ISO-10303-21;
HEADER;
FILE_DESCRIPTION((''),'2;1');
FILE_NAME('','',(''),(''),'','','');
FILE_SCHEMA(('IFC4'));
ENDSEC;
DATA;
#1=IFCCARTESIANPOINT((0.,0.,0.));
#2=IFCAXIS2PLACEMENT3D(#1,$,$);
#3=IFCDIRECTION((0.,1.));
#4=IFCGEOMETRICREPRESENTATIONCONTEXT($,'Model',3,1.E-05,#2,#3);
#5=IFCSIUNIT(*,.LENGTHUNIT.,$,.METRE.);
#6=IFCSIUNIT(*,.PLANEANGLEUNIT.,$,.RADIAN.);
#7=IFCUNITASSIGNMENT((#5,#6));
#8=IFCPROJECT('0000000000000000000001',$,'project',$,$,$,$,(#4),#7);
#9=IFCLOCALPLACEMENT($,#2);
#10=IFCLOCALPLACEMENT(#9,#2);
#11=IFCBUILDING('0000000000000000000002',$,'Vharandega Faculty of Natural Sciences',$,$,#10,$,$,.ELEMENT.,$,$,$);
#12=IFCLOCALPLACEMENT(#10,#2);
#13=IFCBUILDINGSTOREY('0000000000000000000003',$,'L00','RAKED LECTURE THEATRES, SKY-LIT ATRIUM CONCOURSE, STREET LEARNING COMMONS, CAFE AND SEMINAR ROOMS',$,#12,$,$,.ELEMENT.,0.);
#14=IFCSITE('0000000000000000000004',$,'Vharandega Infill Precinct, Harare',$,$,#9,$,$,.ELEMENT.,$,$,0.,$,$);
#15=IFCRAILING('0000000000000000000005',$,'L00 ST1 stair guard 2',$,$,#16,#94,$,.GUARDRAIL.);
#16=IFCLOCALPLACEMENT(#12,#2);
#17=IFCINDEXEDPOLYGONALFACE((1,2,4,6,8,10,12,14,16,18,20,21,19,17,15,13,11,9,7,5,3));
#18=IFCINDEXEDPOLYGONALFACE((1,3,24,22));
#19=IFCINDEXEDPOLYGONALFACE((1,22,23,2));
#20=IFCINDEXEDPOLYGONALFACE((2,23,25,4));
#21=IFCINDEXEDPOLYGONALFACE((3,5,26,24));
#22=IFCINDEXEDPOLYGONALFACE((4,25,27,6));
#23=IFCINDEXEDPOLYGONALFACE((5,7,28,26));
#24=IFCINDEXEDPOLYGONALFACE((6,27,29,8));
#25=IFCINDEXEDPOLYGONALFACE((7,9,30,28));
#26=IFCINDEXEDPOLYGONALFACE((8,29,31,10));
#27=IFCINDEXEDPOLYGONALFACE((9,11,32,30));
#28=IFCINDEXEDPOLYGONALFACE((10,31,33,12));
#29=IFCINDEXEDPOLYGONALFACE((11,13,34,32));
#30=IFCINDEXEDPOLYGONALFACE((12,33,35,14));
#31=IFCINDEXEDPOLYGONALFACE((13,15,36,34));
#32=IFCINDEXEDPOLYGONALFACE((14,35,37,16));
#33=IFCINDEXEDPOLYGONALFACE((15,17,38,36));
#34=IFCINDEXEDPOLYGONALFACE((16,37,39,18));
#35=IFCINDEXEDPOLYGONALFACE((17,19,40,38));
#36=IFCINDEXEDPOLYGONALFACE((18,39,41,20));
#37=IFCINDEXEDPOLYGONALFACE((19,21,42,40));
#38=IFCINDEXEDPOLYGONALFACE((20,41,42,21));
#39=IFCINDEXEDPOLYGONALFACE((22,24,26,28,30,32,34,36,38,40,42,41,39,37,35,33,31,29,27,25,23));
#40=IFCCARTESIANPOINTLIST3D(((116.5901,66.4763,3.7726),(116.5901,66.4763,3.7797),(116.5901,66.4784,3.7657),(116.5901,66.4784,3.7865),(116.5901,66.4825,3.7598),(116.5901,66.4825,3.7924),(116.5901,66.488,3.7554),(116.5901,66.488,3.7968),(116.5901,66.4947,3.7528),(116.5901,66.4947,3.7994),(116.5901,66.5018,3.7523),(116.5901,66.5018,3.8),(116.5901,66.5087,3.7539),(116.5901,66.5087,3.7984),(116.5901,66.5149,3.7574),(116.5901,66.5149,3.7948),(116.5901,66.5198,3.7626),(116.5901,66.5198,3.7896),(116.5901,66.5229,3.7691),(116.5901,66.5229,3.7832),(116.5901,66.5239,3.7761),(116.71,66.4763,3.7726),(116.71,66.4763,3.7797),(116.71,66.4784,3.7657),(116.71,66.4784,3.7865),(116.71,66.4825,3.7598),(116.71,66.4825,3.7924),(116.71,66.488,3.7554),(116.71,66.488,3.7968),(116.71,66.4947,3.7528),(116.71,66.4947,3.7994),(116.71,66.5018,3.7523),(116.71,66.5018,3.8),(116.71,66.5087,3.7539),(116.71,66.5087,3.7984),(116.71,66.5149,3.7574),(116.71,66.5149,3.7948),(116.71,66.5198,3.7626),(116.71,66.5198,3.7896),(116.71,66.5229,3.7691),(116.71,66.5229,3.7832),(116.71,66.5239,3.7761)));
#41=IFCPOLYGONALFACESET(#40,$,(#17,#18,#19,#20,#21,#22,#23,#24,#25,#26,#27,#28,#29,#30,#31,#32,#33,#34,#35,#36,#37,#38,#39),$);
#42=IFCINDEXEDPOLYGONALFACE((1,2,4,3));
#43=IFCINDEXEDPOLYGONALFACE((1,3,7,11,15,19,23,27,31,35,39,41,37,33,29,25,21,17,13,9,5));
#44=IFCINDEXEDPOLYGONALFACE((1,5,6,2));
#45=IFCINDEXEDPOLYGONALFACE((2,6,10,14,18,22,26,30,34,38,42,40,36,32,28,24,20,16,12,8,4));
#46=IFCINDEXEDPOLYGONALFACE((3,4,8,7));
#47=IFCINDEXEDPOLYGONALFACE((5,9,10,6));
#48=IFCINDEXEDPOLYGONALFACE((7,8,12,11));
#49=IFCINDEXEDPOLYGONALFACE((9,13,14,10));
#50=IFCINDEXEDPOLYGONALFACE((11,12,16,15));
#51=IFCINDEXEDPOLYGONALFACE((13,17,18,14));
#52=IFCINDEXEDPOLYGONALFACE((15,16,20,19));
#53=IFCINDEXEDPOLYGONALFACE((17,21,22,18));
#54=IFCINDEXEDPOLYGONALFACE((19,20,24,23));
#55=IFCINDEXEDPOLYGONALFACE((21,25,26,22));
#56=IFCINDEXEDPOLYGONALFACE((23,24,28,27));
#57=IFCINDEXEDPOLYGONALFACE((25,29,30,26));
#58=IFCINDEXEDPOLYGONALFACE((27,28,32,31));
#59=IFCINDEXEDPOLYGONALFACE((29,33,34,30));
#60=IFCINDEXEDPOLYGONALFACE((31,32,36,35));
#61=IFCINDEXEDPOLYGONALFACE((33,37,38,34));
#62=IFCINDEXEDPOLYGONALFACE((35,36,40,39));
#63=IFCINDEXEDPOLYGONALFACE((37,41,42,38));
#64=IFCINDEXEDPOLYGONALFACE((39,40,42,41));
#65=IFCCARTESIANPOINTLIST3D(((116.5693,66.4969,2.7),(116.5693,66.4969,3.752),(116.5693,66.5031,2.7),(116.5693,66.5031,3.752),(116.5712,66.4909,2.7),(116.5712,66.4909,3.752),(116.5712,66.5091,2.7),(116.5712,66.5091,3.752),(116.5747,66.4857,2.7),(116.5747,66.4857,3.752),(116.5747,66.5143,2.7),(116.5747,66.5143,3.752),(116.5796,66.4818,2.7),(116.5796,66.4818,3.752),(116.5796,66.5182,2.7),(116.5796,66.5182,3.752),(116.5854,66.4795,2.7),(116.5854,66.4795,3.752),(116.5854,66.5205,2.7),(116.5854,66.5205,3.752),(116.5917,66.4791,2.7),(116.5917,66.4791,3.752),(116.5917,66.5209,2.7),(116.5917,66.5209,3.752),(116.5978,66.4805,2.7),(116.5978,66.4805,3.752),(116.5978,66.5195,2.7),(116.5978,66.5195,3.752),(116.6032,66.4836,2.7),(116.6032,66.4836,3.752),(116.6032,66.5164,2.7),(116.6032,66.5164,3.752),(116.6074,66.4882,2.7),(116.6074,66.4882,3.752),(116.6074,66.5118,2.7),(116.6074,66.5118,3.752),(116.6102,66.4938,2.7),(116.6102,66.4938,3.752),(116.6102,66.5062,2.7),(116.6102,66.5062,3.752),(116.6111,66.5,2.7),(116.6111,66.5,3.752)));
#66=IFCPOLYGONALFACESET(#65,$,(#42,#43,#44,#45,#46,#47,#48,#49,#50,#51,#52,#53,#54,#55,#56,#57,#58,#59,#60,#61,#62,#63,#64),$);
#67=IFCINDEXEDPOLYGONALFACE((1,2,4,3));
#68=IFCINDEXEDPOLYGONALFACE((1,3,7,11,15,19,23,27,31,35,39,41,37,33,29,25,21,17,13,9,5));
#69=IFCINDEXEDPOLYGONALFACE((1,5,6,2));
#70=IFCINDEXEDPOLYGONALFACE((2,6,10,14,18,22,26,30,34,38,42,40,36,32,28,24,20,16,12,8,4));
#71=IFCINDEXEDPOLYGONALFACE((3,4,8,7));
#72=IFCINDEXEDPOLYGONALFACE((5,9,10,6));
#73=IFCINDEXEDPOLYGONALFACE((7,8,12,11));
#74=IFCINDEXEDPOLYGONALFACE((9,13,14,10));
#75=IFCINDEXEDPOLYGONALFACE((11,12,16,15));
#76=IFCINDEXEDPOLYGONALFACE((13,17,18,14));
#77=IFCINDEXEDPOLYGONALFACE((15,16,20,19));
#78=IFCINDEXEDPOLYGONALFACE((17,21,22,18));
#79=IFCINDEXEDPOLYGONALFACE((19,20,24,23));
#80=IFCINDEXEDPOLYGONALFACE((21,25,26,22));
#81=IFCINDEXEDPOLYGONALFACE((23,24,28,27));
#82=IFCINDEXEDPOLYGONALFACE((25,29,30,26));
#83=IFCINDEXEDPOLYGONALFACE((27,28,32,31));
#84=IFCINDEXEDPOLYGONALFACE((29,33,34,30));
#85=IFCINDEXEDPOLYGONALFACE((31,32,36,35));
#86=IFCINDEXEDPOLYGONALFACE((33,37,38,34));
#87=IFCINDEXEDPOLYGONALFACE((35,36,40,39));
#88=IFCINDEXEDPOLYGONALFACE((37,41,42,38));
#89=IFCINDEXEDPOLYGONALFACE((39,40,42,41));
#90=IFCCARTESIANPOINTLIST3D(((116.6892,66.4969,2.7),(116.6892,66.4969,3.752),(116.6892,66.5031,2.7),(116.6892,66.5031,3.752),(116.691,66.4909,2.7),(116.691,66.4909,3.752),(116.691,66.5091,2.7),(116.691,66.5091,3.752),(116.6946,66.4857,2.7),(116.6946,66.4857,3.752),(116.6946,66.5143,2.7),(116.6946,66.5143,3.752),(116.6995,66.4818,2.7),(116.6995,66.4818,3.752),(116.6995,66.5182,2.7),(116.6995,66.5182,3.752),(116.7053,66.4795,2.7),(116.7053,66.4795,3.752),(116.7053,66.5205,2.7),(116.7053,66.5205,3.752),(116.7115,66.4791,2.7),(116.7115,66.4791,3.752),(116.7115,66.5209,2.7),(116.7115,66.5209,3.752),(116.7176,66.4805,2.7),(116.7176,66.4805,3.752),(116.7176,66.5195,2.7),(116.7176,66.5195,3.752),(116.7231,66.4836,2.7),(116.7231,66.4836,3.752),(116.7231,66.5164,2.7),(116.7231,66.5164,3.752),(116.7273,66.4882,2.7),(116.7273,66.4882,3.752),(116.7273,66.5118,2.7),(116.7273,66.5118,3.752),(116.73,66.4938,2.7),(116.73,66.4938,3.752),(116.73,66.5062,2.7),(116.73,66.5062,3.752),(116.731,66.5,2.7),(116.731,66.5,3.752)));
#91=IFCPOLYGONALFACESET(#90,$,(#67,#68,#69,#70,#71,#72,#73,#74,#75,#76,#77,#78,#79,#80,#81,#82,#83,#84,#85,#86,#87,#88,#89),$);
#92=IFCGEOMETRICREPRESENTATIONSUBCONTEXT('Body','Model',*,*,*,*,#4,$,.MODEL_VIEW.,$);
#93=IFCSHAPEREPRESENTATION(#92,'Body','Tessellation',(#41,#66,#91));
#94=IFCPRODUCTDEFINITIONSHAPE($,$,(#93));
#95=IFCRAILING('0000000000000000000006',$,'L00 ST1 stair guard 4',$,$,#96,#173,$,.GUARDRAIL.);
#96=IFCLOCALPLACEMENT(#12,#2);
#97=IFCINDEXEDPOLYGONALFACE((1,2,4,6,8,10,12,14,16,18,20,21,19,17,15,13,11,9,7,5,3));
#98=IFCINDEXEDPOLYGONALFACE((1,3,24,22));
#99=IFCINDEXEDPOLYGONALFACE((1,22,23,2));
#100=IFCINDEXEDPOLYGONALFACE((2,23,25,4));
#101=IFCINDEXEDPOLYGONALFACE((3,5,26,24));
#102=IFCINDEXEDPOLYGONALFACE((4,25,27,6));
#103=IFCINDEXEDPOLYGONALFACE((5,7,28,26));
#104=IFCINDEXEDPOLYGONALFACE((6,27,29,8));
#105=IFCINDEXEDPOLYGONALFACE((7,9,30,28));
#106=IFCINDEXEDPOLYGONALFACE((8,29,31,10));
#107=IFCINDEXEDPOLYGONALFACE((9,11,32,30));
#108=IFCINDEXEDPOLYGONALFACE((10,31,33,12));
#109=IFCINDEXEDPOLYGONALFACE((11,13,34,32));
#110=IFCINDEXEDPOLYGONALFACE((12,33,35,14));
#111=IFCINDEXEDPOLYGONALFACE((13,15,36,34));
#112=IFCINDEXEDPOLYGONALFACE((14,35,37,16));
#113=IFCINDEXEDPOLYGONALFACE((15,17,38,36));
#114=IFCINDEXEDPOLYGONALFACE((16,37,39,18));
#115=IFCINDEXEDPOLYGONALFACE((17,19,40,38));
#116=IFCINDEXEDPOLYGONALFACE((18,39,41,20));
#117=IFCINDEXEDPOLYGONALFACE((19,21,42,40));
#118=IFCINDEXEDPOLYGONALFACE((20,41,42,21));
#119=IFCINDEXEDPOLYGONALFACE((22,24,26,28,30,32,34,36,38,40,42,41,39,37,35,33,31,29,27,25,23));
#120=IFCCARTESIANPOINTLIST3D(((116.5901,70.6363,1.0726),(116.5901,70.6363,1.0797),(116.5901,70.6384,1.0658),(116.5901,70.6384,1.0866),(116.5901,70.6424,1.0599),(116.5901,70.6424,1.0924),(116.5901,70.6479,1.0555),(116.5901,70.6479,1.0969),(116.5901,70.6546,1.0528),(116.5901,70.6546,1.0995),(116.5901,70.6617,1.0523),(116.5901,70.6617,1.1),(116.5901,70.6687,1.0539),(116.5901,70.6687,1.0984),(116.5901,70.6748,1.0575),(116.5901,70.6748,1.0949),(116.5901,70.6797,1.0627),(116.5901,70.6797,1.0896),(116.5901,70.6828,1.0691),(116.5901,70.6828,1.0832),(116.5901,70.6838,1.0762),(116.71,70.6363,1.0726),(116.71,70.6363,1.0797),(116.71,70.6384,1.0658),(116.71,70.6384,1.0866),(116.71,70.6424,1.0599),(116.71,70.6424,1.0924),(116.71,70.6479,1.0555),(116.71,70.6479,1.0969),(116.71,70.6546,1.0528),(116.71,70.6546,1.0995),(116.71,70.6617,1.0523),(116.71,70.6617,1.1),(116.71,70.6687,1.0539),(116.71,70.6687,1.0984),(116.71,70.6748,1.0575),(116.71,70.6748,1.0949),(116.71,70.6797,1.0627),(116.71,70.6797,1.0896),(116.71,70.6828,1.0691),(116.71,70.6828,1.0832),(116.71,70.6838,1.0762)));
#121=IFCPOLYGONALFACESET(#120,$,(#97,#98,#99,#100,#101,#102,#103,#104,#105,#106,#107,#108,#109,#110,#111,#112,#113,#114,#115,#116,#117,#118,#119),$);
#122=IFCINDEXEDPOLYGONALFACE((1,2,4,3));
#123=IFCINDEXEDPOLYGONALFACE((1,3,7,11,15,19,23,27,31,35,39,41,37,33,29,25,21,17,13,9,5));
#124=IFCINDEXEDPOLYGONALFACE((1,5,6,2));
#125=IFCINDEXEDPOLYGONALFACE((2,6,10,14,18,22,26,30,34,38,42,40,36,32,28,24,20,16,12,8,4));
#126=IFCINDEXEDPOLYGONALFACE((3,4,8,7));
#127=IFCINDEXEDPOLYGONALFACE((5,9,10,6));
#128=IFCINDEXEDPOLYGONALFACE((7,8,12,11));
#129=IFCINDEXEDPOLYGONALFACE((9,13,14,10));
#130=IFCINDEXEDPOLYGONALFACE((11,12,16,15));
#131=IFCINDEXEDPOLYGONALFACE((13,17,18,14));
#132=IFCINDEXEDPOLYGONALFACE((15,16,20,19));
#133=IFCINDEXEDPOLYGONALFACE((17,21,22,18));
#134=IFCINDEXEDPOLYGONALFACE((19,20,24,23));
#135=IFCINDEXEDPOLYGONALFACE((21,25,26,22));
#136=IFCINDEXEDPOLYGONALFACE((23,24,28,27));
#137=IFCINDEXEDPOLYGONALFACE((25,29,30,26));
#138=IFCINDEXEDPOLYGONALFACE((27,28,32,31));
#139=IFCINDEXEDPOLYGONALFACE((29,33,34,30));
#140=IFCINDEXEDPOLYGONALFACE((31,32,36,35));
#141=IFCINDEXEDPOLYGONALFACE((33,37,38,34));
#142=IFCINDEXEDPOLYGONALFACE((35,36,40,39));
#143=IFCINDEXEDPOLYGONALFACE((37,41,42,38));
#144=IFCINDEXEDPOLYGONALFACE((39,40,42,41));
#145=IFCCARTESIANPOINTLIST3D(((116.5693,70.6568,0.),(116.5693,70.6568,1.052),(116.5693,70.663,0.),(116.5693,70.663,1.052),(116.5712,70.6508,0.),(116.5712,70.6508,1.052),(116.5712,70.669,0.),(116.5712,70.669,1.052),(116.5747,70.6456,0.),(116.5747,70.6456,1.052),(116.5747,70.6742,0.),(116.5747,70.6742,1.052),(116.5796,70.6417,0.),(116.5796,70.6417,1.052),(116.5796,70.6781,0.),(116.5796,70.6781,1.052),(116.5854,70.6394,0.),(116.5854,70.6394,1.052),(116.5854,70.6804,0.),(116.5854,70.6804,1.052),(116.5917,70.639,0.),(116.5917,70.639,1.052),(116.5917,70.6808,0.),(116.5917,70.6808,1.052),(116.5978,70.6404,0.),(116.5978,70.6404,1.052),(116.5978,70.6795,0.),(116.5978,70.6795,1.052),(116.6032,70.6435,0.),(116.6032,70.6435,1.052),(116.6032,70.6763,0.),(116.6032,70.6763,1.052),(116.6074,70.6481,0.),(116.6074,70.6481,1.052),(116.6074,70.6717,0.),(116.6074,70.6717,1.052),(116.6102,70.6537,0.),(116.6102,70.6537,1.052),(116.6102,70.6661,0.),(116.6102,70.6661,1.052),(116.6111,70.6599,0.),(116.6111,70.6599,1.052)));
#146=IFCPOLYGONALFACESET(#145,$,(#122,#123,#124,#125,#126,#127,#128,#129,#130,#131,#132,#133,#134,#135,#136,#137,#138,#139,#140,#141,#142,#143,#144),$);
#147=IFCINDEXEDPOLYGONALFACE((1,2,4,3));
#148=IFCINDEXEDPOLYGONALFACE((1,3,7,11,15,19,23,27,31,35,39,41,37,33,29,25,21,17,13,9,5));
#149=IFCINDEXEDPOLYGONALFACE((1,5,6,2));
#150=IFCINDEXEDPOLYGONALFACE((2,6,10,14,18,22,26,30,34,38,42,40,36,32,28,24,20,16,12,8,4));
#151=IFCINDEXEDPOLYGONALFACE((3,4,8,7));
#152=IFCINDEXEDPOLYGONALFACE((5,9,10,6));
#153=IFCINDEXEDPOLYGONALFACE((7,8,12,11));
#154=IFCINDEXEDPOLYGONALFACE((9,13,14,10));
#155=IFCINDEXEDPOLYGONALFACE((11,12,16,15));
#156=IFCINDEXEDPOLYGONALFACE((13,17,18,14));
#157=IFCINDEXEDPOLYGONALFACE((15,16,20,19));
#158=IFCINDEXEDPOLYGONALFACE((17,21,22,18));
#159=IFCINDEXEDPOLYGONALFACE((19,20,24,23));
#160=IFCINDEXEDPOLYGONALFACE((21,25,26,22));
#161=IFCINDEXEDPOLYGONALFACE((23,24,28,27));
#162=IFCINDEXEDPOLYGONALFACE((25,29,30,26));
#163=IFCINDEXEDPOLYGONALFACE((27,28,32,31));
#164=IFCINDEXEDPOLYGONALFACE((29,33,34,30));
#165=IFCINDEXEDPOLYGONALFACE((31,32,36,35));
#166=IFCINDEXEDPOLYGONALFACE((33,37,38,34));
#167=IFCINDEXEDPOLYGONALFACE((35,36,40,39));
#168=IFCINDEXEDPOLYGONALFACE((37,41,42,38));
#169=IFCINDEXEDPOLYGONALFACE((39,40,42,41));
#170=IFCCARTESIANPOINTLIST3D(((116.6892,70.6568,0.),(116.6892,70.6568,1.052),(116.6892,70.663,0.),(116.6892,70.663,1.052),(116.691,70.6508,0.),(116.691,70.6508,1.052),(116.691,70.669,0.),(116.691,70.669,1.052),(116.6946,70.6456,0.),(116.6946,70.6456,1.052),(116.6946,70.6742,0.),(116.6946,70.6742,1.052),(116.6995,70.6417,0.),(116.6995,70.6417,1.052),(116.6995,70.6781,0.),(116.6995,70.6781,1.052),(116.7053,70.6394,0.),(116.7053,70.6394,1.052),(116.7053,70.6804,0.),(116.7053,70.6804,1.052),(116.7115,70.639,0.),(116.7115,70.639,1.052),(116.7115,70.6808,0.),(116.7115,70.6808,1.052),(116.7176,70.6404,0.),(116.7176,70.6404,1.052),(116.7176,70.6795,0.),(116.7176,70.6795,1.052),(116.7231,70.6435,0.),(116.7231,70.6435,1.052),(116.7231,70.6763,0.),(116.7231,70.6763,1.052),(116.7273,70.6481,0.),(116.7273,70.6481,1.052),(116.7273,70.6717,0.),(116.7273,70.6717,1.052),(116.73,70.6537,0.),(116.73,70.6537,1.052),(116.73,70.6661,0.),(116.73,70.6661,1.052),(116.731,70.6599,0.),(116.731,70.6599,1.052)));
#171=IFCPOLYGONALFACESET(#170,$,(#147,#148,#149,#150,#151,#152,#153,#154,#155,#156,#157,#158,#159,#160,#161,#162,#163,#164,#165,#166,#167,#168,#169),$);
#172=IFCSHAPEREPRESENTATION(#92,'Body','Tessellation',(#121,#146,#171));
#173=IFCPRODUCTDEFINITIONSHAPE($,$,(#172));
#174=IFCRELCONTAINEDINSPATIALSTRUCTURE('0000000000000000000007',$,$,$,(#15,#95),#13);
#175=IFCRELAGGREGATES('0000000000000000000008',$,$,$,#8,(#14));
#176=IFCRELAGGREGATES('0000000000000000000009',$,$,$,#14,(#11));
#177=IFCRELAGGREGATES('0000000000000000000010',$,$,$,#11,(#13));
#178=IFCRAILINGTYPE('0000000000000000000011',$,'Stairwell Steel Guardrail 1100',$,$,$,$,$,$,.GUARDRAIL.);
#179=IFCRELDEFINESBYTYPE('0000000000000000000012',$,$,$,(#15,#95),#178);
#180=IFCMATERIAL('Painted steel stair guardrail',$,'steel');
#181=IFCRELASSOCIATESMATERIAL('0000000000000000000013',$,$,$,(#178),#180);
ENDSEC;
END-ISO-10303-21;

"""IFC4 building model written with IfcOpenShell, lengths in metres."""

from ifc_helpers import new_model, si_unit, direction, frame, origin, origin_2d, place, context, subcontext, project, spatial, circle, extrude, material, type_object, element, save


model = new_model("IFC4")

# Units and contexts
model_context = context("Model", 3, precision=1e-05, world=origin(), true_north=direction((0.0, 1.0)))
body_context = subcontext(model_context, "Body", "Model", "MODEL_VIEW")
ifc_project = project(units=[si_unit("LENGTHUNIT", "METRE"), si_unit("PLANEANGLEUNIT", "RADIAN")], contexts=[model_context])

# Site, building, storey
site_placement = place(None, origin())
site = spatial("IfcSite", under=ifc_project, at=site_placement, Name="Vharandega Infill Precinct, Harare", CompositionType="ELEMENT", RefElevation=0.0)
building_placement = place(site_placement, origin())
building = spatial("IfcBuilding", under=site, at=building_placement, Name="Vharandega Faculty of Natural Sciences", CompositionType="ELEMENT")
storey_placement = place(building_placement, origin())
storey = spatial("IfcBuildingStorey", under=building, at=storey_placement, Name="L00", Description="RAKED LECTURE THEATRES, SKY-LIT ATRIUM CONCOURSE, STREET LEARNING COMMONS, CAFE AND SEMINAR ROOMS", CompositionType="ELEMENT", Elevation=0.0)

# Railings
ifc_material_1 = material(Name="Painted steel stair guardrail", Category="steel")
railing_type_1 = type_object("IfcRailingType", Name="Stairwell Steel Guardrail 1100", PredefinedType="GUARDRAIL", material=ifc_material_1)
for number, where, name in (
    (1, (116.5901, 66.5, 2.7), "L00 ST1 stair guard 2"),
    (2, (116.5901, 70.6599, 0.0), "L00 ST1 stair guard 4"),
):
    element("IfcRailing", number, at=place(storey_placement, frame(where)), inside=storey, type_object=railing_type_1, Name=name, PredefinedType="GUARDRAIL", context=body_context, shape_type="SweptSolid", body=[
        extrude(circle(Radius=0.0239, at=origin_2d()), frame((0.0, 0.0, 1.0762), z_axis=(1.0, 0.0, 0.0), x_axis=(0.0, 1.0, 0.0)), (0.0, 0.0, 1.0), 0.1199),
        extrude(circle(Radius=0.021, at=origin_2d()), origin(), (0.0, 0.0, 1.0), 1.052),
        extrude(circle(Radius=0.021, at=origin_2d()), frame((0.1199, 0.0, 0.0)), (0.0, 0.0, 1.0), 1.052),
    ])

save(model, "model.ifc")
